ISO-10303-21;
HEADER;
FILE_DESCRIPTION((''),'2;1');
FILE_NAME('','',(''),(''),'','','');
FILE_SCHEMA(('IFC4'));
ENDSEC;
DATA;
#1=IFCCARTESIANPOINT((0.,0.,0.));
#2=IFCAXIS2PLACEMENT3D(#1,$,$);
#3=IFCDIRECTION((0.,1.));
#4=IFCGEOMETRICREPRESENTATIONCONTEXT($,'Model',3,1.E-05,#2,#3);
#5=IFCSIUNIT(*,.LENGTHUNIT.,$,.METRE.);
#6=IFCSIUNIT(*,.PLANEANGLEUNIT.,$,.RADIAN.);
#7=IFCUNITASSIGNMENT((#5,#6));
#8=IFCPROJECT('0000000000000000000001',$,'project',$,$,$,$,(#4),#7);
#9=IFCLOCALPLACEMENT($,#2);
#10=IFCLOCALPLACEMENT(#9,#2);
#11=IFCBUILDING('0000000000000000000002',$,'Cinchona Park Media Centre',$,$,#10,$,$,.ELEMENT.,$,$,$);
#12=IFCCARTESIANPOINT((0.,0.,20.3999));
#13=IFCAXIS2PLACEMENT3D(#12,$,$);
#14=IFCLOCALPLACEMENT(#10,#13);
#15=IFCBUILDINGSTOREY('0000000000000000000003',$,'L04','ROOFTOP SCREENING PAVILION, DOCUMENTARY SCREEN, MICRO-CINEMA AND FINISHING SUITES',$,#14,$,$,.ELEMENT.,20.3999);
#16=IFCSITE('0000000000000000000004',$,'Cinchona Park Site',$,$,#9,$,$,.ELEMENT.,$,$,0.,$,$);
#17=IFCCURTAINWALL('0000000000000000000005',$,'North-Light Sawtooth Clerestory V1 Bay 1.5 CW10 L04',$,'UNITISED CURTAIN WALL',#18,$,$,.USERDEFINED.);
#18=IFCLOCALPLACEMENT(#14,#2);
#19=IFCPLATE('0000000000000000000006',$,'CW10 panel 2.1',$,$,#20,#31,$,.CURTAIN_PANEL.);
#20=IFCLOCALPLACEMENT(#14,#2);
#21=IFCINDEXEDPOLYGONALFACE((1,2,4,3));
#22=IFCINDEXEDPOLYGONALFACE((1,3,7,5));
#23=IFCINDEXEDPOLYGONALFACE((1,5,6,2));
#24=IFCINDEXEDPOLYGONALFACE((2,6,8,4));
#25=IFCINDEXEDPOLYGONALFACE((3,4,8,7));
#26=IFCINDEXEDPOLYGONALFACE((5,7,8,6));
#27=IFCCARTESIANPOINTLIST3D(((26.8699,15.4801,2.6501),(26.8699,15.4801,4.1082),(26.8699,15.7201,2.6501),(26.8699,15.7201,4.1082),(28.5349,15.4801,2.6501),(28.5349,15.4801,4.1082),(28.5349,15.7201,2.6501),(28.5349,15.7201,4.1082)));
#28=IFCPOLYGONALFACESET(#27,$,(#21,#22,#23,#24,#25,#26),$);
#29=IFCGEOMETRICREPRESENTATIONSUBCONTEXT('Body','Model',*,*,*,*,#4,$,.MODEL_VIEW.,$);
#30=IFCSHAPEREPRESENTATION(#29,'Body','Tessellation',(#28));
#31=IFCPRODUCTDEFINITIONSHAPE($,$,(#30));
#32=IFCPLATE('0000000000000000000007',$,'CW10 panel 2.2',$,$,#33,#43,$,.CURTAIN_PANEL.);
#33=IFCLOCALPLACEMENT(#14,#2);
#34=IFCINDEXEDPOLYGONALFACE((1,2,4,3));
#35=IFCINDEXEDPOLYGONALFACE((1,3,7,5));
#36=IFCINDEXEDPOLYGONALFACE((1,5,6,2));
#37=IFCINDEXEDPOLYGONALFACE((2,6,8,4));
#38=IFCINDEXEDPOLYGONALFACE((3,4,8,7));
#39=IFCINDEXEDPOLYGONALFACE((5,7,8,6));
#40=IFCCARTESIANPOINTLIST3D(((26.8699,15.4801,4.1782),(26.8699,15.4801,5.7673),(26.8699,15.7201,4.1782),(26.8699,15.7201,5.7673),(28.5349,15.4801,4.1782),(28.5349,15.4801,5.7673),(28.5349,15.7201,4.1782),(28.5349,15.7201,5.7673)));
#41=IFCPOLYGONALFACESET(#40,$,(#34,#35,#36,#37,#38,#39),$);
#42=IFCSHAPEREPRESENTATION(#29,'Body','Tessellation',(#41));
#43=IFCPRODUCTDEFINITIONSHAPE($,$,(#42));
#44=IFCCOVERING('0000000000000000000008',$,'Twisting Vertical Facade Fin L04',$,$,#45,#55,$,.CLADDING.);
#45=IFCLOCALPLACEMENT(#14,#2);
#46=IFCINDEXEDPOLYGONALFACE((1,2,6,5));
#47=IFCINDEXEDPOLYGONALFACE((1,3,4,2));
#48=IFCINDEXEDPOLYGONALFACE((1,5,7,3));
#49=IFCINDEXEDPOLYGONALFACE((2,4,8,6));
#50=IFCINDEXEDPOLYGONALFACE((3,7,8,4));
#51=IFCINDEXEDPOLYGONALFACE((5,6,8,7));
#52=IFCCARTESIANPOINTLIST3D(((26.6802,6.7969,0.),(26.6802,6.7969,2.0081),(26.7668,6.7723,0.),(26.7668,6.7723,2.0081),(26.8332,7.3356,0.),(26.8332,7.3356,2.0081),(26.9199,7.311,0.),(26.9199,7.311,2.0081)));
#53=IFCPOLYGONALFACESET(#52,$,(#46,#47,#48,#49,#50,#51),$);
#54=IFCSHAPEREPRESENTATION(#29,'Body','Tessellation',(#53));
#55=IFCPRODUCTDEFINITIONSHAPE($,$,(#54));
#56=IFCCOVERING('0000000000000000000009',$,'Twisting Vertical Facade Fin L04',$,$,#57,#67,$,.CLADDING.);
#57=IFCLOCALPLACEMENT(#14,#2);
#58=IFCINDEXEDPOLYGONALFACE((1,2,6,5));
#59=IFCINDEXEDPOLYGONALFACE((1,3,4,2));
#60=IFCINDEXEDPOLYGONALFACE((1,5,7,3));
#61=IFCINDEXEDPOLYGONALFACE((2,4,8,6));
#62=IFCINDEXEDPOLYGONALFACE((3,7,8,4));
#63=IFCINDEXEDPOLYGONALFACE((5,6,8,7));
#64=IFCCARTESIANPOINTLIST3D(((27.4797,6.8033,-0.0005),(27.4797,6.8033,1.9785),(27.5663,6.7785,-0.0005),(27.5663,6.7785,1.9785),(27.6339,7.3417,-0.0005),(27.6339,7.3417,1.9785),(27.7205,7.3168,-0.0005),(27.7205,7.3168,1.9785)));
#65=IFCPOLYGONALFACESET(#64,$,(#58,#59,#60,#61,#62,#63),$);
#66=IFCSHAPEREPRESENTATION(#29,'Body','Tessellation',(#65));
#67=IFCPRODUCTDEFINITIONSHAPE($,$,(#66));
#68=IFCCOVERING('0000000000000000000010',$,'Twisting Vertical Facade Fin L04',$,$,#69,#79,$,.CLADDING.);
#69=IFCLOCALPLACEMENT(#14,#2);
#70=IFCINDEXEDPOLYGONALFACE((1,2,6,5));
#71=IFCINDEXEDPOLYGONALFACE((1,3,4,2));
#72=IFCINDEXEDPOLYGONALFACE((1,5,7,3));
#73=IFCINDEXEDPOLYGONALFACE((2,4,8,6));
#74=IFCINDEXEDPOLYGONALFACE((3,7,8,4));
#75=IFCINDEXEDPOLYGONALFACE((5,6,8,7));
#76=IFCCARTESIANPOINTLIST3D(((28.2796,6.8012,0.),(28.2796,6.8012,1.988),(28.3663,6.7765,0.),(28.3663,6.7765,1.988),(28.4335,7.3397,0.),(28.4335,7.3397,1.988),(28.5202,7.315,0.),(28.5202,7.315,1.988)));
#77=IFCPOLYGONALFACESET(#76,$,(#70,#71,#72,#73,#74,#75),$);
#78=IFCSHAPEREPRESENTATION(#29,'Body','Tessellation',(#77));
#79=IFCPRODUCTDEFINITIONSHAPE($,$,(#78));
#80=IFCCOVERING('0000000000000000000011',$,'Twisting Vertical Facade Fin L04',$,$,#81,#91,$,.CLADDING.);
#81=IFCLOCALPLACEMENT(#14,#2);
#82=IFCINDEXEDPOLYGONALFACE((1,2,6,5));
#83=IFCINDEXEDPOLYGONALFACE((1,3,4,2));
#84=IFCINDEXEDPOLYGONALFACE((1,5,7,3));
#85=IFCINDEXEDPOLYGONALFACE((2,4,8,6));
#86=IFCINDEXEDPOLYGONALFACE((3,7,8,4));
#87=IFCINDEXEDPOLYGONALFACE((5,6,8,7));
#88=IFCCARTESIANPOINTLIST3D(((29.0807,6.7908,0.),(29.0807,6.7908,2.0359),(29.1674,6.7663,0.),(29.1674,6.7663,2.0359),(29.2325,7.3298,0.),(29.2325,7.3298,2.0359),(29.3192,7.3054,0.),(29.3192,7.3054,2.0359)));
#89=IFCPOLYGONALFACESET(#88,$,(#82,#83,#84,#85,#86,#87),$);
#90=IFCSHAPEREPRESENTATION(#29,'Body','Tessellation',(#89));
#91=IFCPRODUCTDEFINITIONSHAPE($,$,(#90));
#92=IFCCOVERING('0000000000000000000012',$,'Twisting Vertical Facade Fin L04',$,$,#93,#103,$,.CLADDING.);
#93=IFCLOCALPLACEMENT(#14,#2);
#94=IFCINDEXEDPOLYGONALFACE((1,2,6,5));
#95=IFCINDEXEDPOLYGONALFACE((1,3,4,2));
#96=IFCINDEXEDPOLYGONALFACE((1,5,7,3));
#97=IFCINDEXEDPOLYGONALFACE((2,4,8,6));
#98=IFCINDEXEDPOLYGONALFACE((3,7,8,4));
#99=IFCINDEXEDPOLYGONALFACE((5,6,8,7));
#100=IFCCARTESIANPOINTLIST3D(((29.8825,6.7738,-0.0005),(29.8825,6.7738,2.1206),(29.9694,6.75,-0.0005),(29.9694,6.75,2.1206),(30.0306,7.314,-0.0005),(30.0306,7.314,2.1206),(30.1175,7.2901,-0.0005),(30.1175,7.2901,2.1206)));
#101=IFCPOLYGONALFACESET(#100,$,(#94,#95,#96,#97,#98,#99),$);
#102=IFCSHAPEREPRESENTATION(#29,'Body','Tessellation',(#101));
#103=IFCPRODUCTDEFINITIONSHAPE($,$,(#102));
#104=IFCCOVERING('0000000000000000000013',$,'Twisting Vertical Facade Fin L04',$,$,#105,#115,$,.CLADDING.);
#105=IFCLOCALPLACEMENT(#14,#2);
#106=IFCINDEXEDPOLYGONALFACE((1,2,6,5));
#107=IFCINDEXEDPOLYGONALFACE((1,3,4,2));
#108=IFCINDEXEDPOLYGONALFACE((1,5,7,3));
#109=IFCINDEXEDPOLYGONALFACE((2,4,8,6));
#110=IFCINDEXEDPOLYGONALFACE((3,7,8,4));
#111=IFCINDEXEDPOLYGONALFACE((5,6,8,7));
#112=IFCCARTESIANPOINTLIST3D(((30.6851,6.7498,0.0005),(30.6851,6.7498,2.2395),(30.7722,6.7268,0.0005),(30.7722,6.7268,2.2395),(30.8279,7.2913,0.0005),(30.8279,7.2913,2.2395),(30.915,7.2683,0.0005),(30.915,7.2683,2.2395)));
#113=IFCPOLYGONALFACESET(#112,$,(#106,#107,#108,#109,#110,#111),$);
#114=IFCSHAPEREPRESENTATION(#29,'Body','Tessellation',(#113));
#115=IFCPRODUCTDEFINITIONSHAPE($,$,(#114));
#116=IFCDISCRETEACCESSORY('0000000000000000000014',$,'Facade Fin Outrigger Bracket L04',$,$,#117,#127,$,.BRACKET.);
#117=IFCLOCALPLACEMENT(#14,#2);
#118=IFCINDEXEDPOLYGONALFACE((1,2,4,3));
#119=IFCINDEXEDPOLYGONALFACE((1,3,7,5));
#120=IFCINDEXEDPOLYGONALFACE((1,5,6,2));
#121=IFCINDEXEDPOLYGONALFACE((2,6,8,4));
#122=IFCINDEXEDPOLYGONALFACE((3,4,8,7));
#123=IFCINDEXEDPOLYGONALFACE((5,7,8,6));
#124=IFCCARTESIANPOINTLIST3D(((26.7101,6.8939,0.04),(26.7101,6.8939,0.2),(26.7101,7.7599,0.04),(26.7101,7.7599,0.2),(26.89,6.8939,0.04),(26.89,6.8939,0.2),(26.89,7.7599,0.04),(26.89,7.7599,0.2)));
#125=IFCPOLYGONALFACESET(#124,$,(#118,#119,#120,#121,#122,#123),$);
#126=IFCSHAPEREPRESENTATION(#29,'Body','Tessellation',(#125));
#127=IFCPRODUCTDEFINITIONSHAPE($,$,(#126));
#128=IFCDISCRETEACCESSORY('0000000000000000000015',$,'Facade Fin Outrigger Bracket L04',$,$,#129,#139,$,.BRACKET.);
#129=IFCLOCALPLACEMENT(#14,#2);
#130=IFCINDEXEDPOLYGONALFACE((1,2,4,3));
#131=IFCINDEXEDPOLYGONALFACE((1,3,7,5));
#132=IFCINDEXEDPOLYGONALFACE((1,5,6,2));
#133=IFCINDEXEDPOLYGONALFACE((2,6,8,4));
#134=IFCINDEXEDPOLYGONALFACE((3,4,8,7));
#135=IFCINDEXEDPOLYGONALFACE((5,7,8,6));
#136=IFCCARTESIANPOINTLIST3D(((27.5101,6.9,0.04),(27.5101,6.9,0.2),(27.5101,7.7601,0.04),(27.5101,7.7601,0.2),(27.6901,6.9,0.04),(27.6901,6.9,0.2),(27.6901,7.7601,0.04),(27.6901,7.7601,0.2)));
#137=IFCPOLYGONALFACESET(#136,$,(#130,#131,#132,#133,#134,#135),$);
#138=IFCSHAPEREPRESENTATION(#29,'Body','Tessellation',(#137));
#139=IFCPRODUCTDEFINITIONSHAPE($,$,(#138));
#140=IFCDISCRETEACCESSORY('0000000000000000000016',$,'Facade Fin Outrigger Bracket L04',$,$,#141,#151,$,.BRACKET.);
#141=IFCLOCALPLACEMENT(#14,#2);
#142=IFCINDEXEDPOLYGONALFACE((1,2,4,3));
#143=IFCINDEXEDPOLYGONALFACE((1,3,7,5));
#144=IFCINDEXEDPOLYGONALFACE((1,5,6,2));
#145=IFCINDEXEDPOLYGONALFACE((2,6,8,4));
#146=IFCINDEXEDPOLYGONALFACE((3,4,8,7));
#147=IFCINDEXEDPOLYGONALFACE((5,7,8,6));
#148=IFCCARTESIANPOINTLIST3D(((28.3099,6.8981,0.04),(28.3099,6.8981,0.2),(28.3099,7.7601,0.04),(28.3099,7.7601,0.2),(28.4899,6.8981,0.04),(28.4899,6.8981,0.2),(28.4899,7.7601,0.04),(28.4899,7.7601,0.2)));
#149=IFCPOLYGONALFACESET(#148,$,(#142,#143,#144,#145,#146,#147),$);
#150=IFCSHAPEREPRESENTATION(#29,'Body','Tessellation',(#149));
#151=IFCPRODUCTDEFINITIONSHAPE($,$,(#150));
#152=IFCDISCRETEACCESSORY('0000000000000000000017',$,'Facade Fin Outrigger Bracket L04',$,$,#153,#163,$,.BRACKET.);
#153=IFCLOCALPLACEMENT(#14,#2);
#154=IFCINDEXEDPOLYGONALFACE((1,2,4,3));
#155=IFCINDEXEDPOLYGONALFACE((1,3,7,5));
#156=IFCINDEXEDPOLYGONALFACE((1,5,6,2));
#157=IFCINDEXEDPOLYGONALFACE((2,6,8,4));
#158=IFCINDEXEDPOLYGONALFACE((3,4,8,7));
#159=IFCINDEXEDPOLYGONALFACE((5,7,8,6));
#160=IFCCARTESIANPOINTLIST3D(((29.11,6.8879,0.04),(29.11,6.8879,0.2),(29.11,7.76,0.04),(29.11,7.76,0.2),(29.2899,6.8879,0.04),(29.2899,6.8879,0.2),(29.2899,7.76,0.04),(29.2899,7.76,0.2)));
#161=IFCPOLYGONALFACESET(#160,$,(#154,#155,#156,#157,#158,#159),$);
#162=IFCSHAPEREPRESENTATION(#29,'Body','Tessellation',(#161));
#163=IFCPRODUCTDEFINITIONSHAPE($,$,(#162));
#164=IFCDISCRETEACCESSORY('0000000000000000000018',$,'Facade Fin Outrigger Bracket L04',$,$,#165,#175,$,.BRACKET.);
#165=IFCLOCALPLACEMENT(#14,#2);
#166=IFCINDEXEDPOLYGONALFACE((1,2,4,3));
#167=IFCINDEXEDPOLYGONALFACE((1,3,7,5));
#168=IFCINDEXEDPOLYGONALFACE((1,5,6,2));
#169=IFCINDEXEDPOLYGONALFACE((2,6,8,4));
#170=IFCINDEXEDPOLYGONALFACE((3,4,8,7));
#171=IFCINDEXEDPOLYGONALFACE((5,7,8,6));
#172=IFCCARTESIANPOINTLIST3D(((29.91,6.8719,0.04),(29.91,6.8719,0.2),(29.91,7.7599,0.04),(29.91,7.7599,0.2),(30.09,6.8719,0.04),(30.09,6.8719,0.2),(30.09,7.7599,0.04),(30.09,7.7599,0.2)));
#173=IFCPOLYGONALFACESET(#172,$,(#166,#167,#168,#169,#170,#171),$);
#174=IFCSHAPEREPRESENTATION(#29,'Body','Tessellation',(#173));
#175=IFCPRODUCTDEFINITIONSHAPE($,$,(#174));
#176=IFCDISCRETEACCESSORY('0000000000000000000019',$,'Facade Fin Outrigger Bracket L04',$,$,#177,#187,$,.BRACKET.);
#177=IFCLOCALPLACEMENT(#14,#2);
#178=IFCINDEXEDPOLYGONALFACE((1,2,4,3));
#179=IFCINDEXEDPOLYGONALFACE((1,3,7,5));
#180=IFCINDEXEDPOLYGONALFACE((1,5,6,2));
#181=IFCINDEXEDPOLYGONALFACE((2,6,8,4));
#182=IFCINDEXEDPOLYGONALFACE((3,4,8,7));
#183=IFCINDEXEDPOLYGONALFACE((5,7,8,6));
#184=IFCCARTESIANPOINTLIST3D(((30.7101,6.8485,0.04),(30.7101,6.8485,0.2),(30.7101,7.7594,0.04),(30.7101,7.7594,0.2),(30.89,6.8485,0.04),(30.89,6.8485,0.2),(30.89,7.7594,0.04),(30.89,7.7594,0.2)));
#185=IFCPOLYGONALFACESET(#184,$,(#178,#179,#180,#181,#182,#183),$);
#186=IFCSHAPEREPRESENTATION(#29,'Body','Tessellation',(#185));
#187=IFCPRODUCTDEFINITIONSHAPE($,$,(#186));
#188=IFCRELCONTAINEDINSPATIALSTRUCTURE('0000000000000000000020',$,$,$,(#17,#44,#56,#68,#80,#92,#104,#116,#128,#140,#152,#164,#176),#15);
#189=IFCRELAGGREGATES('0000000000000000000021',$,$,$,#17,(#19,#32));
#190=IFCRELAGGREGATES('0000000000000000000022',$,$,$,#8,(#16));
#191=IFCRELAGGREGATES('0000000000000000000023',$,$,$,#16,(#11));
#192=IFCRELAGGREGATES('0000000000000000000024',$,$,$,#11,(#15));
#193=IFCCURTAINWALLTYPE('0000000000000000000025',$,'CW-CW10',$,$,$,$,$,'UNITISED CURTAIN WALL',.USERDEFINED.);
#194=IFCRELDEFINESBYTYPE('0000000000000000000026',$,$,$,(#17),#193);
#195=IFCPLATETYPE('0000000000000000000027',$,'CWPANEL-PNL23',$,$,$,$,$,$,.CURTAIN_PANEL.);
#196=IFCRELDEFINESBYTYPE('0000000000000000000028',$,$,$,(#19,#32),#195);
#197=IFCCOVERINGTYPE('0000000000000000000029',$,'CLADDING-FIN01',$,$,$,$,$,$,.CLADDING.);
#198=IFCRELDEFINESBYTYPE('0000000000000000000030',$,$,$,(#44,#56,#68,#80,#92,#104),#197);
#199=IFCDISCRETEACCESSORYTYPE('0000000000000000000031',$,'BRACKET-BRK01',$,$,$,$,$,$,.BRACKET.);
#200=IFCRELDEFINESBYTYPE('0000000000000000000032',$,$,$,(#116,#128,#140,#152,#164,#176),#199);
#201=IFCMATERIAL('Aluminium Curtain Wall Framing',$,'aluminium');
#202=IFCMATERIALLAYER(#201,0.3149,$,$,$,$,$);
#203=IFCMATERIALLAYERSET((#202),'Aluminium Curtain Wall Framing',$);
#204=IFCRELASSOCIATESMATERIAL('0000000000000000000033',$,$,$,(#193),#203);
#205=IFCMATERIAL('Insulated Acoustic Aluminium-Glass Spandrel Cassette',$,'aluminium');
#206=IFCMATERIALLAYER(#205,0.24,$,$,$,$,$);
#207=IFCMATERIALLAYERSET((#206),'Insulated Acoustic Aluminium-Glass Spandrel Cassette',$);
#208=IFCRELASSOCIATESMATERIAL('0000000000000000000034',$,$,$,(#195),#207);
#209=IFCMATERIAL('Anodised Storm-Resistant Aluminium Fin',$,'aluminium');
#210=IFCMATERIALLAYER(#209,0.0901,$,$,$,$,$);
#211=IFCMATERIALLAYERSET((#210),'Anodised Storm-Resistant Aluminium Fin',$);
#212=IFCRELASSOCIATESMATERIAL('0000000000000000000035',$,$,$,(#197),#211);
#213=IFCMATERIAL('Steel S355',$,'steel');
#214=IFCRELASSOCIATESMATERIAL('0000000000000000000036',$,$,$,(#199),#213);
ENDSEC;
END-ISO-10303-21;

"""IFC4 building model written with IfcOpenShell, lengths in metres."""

from ifc_helpers import new_model, si_unit, direction, frame, origin, origin_2d, place, context, subcontext, project, spatial, rectangle, extrude, material, layer, layer_set, type_object, element, aggregate, save


model = new_model("IFC4")

# Units and contexts
model_context = context("Model", 3, precision=1e-05, world=origin(), true_north=direction((0.0, 1.0)))
body_context = subcontext(model_context, "Body", "Model", "MODEL_VIEW")
ifc_project = project(units=[si_unit("LENGTHUNIT", "METRE"), si_unit("PLANEANGLEUNIT", "RADIAN")], contexts=[model_context])

# Site, building, storey
site_placement = place(None, origin())
site = spatial("IfcSite", under=ifc_project, at=site_placement, Name="Cinchona Park Site", CompositionType="ELEMENT", RefElevation=0.0)
building_placement = place(site_placement, origin())
building = spatial("IfcBuilding", under=site, at=building_placement, Name="Cinchona Park Media Centre", CompositionType="ELEMENT")
storey_placement = place(building_placement, frame((0.0, 0.0, 20.3999)))
storey = spatial("IfcBuildingStorey", under=building, at=storey_placement, Name="L04", Description="ROOFTOP SCREENING PAVILION, DOCUMENTARY SCREEN, MICRO-CINEMA AND FINISHING SUITES", CompositionType="ELEMENT", Elevation=20.3999)

# Shared definitions
ifc_material_1 = material(Name="Aluminium Curtain Wall Framing", Category="aluminium")
ifc_layer_1 = layer(ifc_material_1, 0.3149)
ifc_layer_set_1 = layer_set([ifc_layer_1], Name="Aluminium Curtain Wall Framing")
curtain_wall_type = type_object("IfcCurtainWallType", Name="CW-CW10", ElementType="UNITISED CURTAIN WALL", PredefinedType="USERDEFINED", material=ifc_layer_set_1)

# Curtain wall
curtain_wall_1_placement = place(storey_placement, origin())
curtain_wall_1 = element("IfcCurtainWall", 1, at=curtain_wall_1_placement, inside=storey, type_object=curtain_wall_type, Name="North-Light Sawtooth Clerestory V1 Bay 1.5 CW10 L04", ObjectType="UNITISED CURTAIN WALL", PredefinedType="USERDEFINED")

# Plates
ifc_material_2 = material(Name="Insulated Acoustic Aluminium-Glass Spandrel Cassette", Category="aluminium")
ifc_layer_2 = layer(ifc_material_2, 0.24)
ifc_layer_set_2 = layer_set([ifc_layer_2], Name="Insulated Acoustic Aluminium-Glass Spandrel Cassette")
plate_type_1 = type_object("IfcPlateType", Name="CWPANEL-PNL23", PredefinedType="CURTAIN_PANEL", material=ifc_layer_set_2)
plate_1_placement = place(storey_placement, frame((27.7024, 15.6001, 2.6501), z_axis=(0.0, 0.0, 1.0), x_axis=(-1.0, 0.0, 0.0)))
plate_1 = element("IfcPlate", 2, at=plate_1_placement, type_object=plate_type_1, Name="CW10 panel 2.1", PredefinedType="CURTAIN_PANEL", context=body_context, shape_type="SweptSolid", body=[
    extrude(rectangle(XDim=1.665, YDim=0.24, at=origin_2d()), origin(), (0.0, 0.0, 1.0), 1.458),
])
plate_2_placement = place(storey_placement, frame((27.7024, 15.6001, 4.1782), z_axis=(0.0, 0.0, 1.0), x_axis=(-1.0, 0.0, 0.0)))
plate_2 = element("IfcPlate", 3, at=plate_2_placement, type_object=plate_type_1, Name="CW10 panel 2.2", PredefinedType="CURTAIN_PANEL", context=body_context, shape_type="SweptSolid", body=[
    extrude(rectangle(XDim=1.665, YDim=0.24, at=origin_2d()), origin(), (0.0, 0.0, 1.0), 1.5891),
])
aggregate(curtain_wall_1, [plate_1, plate_2])

# Coverings
ifc_material_3 = material(Name="Anodised Storm-Resistant Aluminium Fin", Category="aluminium")
ifc_layer_3 = layer(ifc_material_3, 0.0901)
ifc_layer_set_3 = layer_set([ifc_layer_3], Name="Anodised Storm-Resistant Aluminium Fin")
covering_type = type_object("IfcCoveringType", Name="CLADDING-FIN01", PredefinedType="CLADDING", material=ifc_layer_set_3)
covering_1_placement = place(storey_placement, frame((26.8, 7.054, 0.0), z_axis=(0.0, 0.0, 1.0), x_axis=(0.273288, 0.961932, 0.0)))
element("IfcCovering", 4, at=covering_1_placement, inside=storey, type_object=covering_type, Name="Twisting Vertical Facade Fin L04", PredefinedType="CLADDING", context=body_context, shape_type="SweptSolid", body=[
    extrude(rectangle(XDim=0.5601, YDim=0.0901, at=origin_2d()), origin(), (0.0, 0.0, 1.0), 2.0081),
])
covering_2_placement = place(storey_placement, frame((27.6001, 7.0601, -0.0005), z_axis=(0.0, 0.0, 1.0), x_axis=(0.27547, 0.96131, 0.0)))
element("IfcCovering", 5, at=covering_2_placement, inside=storey, type_object=covering_type, Name="Twisting Vertical Facade Fin L04", PredefinedType="CLADDING", context=body_context, shape_type="SweptSolid", body=[
    extrude(rectangle(XDim=0.5601, YDim=0.0901, at=origin_2d()), origin(), (0.0, 0.0, 1.0), 1.979),
])
covering_3_placement = place(storey_placement, frame((28.3999, 7.0581, 0.0), z_axis=(0.0, 0.0, 1.0), x_axis=(0.274798, 0.961502, 0.0)))
element("IfcCovering", 6, at=covering_3_placement, inside=storey, type_object=covering_type, Name="Twisting Vertical Facade Fin L04", PredefinedType="CLADDING", context=body_context, shape_type="SweptSolid", body=[
    extrude(rectangle(XDim=0.5601, YDim=0.0901, at=origin_2d()), origin(), (0.0, 0.0, 1.0), 1.988),
])
covering_4_placement = place(storey_placement, frame((29.2, 7.0481, 0.0), z_axis=(0.0, 0.0, 1.0), x_axis=(0.271104, 0.96255, 0.0)))
element("IfcCovering", 7, at=covering_4_placement, inside=storey, type_object=covering_type, Name="Twisting Vertical Facade Fin L04", PredefinedType="CLADDING", context=body_context, shape_type="SweptSolid", body=[
    extrude(rectangle(XDim=0.5601, YDim=0.0901, at=origin_2d()), origin(), (0.0, 0.0, 1.0), 2.0359),
])
covering_5_placement = place(storey_placement, frame((30.0, 7.032, -0.0005), z_axis=(0.0, 0.0, 1.0), x_axis=(0.264378, 0.964419, 0.0)))
element("IfcCovering", 8, at=covering_5_placement, inside=storey, type_object=covering_type, Name="Twisting Vertical Facade Fin L04", PredefinedType="CLADDING", context=body_context, shape_type="SweptSolid", body=[
    extrude(rectangle(XDim=0.5601, YDim=0.0901, at=origin_2d()), origin(), (0.0, 0.0, 1.0), 2.1211),
])
covering_6_placement = place(storey_placement, frame((30.8, 7.009, 0.0005), z_axis=(0.0, 0.0, 1.0), x_axis=(0.255108, 0.966912, 0.0)))
element("IfcCovering", 9, at=covering_6_placement, inside=storey, type_object=covering_type, Name="Twisting Vertical Facade Fin L04", PredefinedType="CLADDING", context=body_context, shape_type="SweptSolid", body=[
    extrude(rectangle(XDim=0.5601, YDim=0.0901, at=origin_2d()), origin(), (0.0, 0.0, 1.0), 2.239),
])

# Discrete accessories
ifc_material_4 = material(Name="Steel S355", Category="steel")
discrete_accessory_type = type_object("IfcDiscreteAccessoryType", Name="BRACKET-BRK01", PredefinedType="BRACKET", material=ifc_material_4)
discrete_accessory_1_placement = place(storey_placement, frame((26.8, 7.3269, 0.04), z_axis=(0.0, 0.0, 1.0), x_axis=(1.0, 0.0, 0.0)))
element("IfcDiscreteAccessory", 10, at=discrete_accessory_1_placement, inside=storey, type_object=discrete_accessory_type, Name="Facade Fin Outrigger Bracket L04", PredefinedType="BRACKET", context=body_context, shape_type="SweptSolid", body=[
    extrude(rectangle(XDim=0.1799, YDim=0.866, at=origin_2d()), origin(), (0.0, 0.0, 1.0), 0.1599),
])
discrete_accessory_2_placement = place(storey_placement, frame((27.6001, 7.3301, 0.04), z_axis=(0.0, 0.0, 1.0), x_axis=(1.0, 0.0, 0.0)))
element("IfcDiscreteAccessory", 11, at=discrete_accessory_2_placement, inside=storey, type_object=discrete_accessory_type, Name="Facade Fin Outrigger Bracket L04", PredefinedType="BRACKET", context=body_context, shape_type="SweptSolid", body=[
    extrude(rectangle(XDim=0.1799, YDim=0.8601, at=origin_2d()), origin(), (0.0, 0.0, 1.0), 0.1599),
])
discrete_accessory_3_placement = place(storey_placement, frame((28.3999, 7.3291, 0.04), z_axis=(0.0, 0.0, 1.0), x_axis=(1.0, 0.0, 0.0)))
element("IfcDiscreteAccessory", 12, at=discrete_accessory_3_placement, inside=storey, type_object=discrete_accessory_type, Name="Facade Fin Outrigger Bracket L04", PredefinedType="BRACKET", context=body_context, shape_type="SweptSolid", body=[
    extrude(rectangle(XDim=0.1799, YDim=0.8621, at=origin_2d()), origin(), (0.0, 0.0, 1.0), 0.1599),
])
discrete_accessory_4_placement = place(storey_placement, frame((29.2, 7.324, 0.04), z_axis=(0.0, 0.0, 1.0), x_axis=(1.0, 0.0, 0.0)))
element("IfcDiscreteAccessory", 13, at=discrete_accessory_4_placement, inside=storey, type_object=discrete_accessory_type, Name="Facade Fin Outrigger Bracket L04", PredefinedType="BRACKET", context=body_context, shape_type="SweptSolid", body=[
    extrude(rectangle(XDim=0.1799, YDim=0.8721, at=origin_2d()), origin(), (0.0, 0.0, 1.0), 0.1599),
])
discrete_accessory_5_placement = place(storey_placement, frame((30.0, 7.3159, 0.04), z_axis=(0.0, 0.0, 1.0), x_axis=(1.0, 0.0, 0.0)))
element("IfcDiscreteAccessory", 14, at=discrete_accessory_5_placement, inside=storey, type_object=discrete_accessory_type, Name="Facade Fin Outrigger Bracket L04", PredefinedType="BRACKET", context=body_context, shape_type="SweptSolid", body=[
    extrude(rectangle(XDim=0.1799, YDim=0.8879, at=origin_2d()), origin(), (0.0, 0.0, 1.0), 0.1599),
])
discrete_accessory_6_placement = place(storey_placement, frame((30.8, 7.304, 0.04), z_axis=(0.0, 0.0, 1.0), x_axis=(1.0, 0.0, 0.0)))
element("IfcDiscreteAccessory", 15, at=discrete_accessory_6_placement, inside=storey, type_object=discrete_accessory_type, Name="Facade Fin Outrigger Bracket L04", PredefinedType="BRACKET", context=body_context, shape_type="SweptSolid", body=[
    extrude(rectangle(XDim=0.1799, YDim=0.9109, at=origin_2d()), origin(), (0.0, 0.0, 1.0), 0.1599),
])

save(model, "model.ifc")
